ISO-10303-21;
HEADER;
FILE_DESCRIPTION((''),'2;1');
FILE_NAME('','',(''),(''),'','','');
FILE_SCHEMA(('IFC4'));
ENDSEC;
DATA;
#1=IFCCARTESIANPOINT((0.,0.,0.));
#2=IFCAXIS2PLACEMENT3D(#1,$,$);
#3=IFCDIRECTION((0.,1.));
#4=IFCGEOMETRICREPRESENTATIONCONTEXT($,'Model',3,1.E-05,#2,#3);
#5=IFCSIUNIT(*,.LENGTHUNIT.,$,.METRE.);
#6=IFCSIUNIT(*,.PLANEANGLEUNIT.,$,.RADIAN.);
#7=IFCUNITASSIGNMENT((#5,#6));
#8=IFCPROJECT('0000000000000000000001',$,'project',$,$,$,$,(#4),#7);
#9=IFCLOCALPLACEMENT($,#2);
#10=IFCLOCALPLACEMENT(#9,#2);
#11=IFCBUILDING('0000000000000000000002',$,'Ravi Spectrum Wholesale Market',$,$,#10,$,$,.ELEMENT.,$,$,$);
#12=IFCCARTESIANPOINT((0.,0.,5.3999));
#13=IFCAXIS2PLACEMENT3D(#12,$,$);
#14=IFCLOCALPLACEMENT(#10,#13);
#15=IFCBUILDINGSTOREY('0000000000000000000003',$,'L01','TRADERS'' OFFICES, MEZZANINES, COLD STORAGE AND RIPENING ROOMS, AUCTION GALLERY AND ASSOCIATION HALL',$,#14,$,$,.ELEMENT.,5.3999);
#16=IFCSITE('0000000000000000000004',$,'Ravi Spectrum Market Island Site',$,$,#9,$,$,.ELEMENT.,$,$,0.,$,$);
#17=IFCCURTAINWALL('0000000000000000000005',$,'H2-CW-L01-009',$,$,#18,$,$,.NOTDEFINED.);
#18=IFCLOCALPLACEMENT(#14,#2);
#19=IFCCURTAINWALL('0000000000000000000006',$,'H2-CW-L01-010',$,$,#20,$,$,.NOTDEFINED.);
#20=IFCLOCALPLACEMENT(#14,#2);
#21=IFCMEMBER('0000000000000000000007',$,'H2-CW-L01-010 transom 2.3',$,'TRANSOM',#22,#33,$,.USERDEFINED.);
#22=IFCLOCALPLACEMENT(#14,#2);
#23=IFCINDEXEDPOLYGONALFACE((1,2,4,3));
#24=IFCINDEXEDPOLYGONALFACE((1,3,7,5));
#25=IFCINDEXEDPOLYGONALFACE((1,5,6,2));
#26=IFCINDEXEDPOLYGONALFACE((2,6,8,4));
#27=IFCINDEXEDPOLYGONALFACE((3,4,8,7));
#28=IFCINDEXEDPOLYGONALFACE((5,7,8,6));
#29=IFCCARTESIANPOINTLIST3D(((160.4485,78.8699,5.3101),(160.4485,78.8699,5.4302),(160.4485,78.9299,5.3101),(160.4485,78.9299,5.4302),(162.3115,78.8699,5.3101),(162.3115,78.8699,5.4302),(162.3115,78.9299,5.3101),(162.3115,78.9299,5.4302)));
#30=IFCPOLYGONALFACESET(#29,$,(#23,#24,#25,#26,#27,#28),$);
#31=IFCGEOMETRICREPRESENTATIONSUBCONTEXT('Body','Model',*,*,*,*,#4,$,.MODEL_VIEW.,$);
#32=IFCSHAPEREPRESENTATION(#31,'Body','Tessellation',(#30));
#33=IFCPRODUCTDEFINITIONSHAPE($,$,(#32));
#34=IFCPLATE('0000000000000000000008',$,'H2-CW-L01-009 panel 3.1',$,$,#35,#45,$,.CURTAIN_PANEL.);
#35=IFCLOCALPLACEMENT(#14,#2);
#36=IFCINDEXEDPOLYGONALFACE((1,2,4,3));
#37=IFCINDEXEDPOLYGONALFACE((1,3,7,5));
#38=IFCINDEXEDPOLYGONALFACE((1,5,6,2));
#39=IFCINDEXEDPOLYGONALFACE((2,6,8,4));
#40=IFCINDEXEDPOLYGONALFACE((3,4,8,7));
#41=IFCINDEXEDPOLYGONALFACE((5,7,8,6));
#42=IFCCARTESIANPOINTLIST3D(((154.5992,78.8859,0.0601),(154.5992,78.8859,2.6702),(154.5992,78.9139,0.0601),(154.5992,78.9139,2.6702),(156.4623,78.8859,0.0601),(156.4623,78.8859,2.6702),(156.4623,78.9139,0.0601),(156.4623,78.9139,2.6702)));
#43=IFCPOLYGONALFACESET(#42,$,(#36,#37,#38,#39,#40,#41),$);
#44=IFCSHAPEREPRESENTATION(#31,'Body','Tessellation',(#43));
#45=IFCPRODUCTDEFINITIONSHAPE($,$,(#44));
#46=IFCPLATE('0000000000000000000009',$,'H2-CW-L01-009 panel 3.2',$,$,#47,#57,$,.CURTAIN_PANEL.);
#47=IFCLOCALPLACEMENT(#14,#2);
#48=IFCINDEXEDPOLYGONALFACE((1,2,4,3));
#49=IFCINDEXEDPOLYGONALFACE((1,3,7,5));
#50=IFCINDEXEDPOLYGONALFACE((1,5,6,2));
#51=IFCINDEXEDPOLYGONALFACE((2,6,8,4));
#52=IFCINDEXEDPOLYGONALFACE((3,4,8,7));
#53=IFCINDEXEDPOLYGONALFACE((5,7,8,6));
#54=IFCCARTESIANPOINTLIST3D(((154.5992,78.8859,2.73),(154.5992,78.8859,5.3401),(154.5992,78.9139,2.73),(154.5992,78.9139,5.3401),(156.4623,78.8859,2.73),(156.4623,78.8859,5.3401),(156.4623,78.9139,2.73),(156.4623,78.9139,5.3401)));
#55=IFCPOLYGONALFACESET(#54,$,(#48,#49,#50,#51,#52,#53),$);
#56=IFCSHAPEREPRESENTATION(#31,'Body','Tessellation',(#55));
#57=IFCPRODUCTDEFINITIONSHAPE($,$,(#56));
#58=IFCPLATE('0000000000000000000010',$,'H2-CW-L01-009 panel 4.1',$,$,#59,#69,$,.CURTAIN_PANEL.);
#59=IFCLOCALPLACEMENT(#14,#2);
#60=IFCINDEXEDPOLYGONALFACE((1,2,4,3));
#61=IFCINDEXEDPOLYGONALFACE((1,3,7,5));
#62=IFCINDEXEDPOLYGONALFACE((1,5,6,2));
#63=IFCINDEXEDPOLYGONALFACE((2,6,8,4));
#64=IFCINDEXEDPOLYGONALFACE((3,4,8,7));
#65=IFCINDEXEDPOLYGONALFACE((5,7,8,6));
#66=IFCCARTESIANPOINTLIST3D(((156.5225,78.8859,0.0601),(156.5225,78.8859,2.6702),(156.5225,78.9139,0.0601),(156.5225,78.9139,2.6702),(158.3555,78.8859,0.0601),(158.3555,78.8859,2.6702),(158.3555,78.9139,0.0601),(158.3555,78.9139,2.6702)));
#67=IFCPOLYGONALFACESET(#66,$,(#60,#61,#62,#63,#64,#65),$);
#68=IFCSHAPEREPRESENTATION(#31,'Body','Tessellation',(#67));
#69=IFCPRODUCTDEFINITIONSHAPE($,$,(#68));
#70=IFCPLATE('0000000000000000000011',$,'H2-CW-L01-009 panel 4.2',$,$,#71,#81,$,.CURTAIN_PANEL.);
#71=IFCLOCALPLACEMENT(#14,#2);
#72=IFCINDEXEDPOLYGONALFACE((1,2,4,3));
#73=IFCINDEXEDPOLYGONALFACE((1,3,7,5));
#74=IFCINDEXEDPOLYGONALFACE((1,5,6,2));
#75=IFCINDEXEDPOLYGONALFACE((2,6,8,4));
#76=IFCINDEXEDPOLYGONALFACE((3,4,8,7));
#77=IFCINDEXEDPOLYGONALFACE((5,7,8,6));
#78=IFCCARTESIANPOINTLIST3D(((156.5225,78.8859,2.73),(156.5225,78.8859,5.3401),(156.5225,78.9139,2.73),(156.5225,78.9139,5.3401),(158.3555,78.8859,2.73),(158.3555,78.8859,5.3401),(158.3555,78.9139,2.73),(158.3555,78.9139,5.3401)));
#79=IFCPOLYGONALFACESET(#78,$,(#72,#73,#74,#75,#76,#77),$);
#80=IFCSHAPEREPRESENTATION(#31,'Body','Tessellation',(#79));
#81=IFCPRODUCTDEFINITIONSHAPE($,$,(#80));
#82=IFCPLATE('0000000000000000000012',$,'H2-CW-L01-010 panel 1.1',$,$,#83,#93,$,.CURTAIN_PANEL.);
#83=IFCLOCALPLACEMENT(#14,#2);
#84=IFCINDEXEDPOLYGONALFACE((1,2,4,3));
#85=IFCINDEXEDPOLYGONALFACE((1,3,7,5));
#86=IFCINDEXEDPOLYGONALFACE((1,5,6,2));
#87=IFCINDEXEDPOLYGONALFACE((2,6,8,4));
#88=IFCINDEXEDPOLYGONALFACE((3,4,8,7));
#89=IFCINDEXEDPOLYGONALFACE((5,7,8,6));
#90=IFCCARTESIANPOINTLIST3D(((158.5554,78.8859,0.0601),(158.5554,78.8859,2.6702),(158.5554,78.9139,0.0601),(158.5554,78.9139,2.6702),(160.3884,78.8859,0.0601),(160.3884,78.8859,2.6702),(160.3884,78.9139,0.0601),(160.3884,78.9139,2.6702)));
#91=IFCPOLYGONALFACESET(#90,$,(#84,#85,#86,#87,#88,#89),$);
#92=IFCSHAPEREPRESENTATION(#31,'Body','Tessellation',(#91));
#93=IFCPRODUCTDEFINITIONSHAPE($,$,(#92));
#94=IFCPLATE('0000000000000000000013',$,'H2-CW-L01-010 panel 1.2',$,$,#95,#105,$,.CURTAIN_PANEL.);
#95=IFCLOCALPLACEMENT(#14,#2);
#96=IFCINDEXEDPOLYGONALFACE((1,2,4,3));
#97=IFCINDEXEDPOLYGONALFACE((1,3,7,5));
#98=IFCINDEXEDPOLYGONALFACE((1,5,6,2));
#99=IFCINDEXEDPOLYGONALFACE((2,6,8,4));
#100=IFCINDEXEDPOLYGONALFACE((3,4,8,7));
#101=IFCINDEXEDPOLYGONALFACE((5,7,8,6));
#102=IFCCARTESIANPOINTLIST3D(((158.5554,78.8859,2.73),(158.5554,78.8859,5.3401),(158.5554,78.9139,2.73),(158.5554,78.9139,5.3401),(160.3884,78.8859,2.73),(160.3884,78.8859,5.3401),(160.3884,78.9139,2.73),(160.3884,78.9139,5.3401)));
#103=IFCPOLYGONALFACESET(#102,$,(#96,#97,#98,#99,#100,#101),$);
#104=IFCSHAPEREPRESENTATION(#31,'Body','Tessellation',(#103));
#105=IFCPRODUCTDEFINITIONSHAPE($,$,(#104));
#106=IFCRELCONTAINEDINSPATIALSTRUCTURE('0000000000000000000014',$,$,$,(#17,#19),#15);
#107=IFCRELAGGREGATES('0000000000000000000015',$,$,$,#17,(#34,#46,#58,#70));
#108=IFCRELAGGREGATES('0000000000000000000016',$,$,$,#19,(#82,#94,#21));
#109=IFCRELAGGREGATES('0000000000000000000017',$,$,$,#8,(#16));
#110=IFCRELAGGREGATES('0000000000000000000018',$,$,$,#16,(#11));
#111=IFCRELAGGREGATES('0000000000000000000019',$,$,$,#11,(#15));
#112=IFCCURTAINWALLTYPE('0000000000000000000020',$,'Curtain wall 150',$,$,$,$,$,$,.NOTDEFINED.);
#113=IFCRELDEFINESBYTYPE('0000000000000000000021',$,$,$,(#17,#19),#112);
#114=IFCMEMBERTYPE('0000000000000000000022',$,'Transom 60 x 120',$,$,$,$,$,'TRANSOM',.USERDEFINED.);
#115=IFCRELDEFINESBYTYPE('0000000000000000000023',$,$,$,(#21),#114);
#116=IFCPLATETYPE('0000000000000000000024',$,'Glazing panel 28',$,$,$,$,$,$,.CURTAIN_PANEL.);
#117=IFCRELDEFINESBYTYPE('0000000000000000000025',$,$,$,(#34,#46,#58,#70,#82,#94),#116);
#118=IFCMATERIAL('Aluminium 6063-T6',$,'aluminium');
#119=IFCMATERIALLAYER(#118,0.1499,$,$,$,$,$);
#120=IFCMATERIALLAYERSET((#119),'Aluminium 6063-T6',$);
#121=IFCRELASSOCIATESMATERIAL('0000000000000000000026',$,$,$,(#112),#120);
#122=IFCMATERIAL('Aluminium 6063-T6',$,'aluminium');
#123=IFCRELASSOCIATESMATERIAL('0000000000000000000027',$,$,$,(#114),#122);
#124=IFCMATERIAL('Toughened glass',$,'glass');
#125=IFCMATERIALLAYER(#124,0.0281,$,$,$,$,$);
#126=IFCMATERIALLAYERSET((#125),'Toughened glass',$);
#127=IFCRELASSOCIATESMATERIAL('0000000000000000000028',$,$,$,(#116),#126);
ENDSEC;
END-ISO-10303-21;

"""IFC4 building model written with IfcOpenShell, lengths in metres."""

from ifc_helpers import new_model, si_unit, direction, frame, origin, origin_2d, place, context, subcontext, project, spatial, rectangle, extrude, material, layer, layer_set, material_profile, profile_set, type_object, element, aggregate, save


model = new_model("IFC4")

# Units and contexts
model_context = context("Model", 3, precision=1e-05, world=origin(), true_north=direction((0.0, 1.0)))
body_context = subcontext(model_context, "Body", "Model", "MODEL_VIEW")
ifc_project = project(units=[si_unit("LENGTHUNIT", "METRE"), si_unit("PLANEANGLEUNIT", "RADIAN")], contexts=[model_context])

# Site, building, storey
site_placement = place(None, origin())
site = spatial("IfcSite", under=ifc_project, at=site_placement, Name="Ravi Spectrum Market Island Site", CompositionType="ELEMENT", RefElevation=0.0)
building_placement = place(site_placement, origin())
building = spatial("IfcBuilding", under=site, at=building_placement, Name="Ravi Spectrum Wholesale Market", CompositionType="ELEMENT")
storey_placement = place(building_placement, frame((0.0, 0.0, 5.3999)))
storey = spatial("IfcBuildingStorey", under=building, at=storey_placement, Name="L01", Description="TRADERS' OFFICES, MEZZANINES, COLD STORAGE AND RIPENING ROOMS, AUCTION GALLERY AND ASSOCIATION HALL", CompositionType="ELEMENT", Elevation=5.3999)

# Curtain walls
ifc_material_1 = material(Name="Aluminium 6063-T6", Category="aluminium")
ifc_layer_1 = layer(ifc_material_1, 0.1499)
ifc_layer_set_1 = layer_set([ifc_layer_1], Name="Aluminium 6063-T6")
curtain_wall_type = type_object("IfcCurtainWallType", Name="Curtain wall 150", PredefinedType="NOTDEFINED", material=ifc_layer_set_1)
curtain_wall_1_placement = place(storey_placement, origin())
curtain_wall_1 = element("IfcCurtainWall", 1, at=curtain_wall_1_placement, inside=storey, type_object=curtain_wall_type, Name="H2-CW-L01-009", PredefinedType="NOTDEFINED")
curtain_wall_2_placement = place(storey_placement, origin())
curtain_wall_2 = element("IfcCurtainWall", 2, at=curtain_wall_2_placement, inside=storey, type_object=curtain_wall_type, Name="H2-CW-L01-010", PredefinedType="NOTDEFINED")

# Member
ifc_material_2 = material(Name="Aluminium 6063-T6", Category="aluminium")
ifc_material_profile_1 = material_profile(ifc_material_2, rectangle(XDim=0.0601, YDim=0.1201, at=origin_2d()))
ifc_profile_set_1 = profile_set([ifc_material_profile_1], Name="Aluminium 6063-T6")
member_type_1 = type_object("IfcMemberType", Name="Transom 60 x 120", ElementType="TRANSOM", PredefinedType="USERDEFINED", material=ifc_profile_set_1)
member_1_placement = place(storey_placement, frame((160.4485, 78.8999, 5.3701), z_axis=(1.0, 0.0, 0.0), x_axis=(0.0, 1.0, 0.0)))
member_1 = element("IfcMember", 3, at=member_1_placement, type_object=member_type_1, Name="H2-CW-L01-010 transom 2.3", ObjectType="TRANSOM", PredefinedType="USERDEFINED", context=body_context, shape_type="SweptSolid", body=[
    extrude(rectangle(XDim=0.0601, YDim=0.1201, at=origin_2d()), origin(), (0.0, 0.0, 1.0), 1.863),
])

# Plates
ifc_material_3 = material(Name="Toughened glass", Category="glass")
ifc_layer_2 = layer(ifc_material_3, 0.0281)
ifc_layer_set_2 = layer_set([ifc_layer_2], Name="Toughened glass")
plate_type = type_object("IfcPlateType", Name="Glazing panel 28", PredefinedType="CURTAIN_PANEL", material=ifc_layer_set_2)
plate_1_placement = place(storey_placement, frame((155.5308, 78.8999, 0.0601), z_axis=(0.0, 0.0, 1.0), x_axis=(1.0, 0.0, 0.0)))
plate_1 = element("IfcPlate", 4, at=plate_1_placement, type_object=plate_type, Name="H2-CW-L01-009 panel 3.1", PredefinedType="CURTAIN_PANEL", context=body_context, shape_type="SweptSolid", body=[
    extrude(rectangle(XDim=1.863, YDim=0.0281, at=origin_2d()), origin(), (0.0, 0.0, 1.0), 2.6101),
])
plate_2_placement = place(storey_placement, frame((155.5308, 78.8999, 2.73), z_axis=(0.0, 0.0, 1.0), x_axis=(1.0, 0.0, 0.0)))
plate_2 = element("IfcPlate", 5, at=plate_2_placement, type_object=plate_type, Name="H2-CW-L01-009 panel 3.2", PredefinedType="CURTAIN_PANEL", context=body_context, shape_type="SweptSolid", body=[
    extrude(rectangle(XDim=1.863, YDim=0.0281, at=origin_2d()), origin(), (0.0, 0.0, 1.0), 2.6101),
])
plate_3_placement = place(storey_placement, frame((157.439, 78.8999, 0.0601), z_axis=(0.0, 0.0, 1.0), x_axis=(1.0, 0.0, 0.0)))
plate_3 = element("IfcPlate", 6, at=plate_3_placement, type_object=plate_type, Name="H2-CW-L01-009 panel 4.1", PredefinedType="CURTAIN_PANEL", context=body_context, shape_type="SweptSolid", body=[
    extrude(rectangle(XDim=1.833, YDim=0.0281, at=origin_2d()), origin(), (0.0, 0.0, 1.0), 2.6101),
])
plate_4_placement = place(storey_placement, frame((157.439, 78.8999, 2.73), z_axis=(0.0, 0.0, 1.0), x_axis=(1.0, 0.0, 0.0)))
plate_4 = element("IfcPlate", 7, at=plate_4_placement, type_object=plate_type, Name="H2-CW-L01-009 panel 4.2", PredefinedType="CURTAIN_PANEL", context=body_context, shape_type="SweptSolid", body=[
    extrude(rectangle(XDim=1.833, YDim=0.0281, at=origin_2d()), origin(), (0.0, 0.0, 1.0), 2.6101),
])
aggregate(curtain_wall_1, [plate_1, plate_2, plate_3, plate_4])
plate_5_placement = place(storey_placement, frame((159.4719, 78.8999, 0.0601), z_axis=(0.0, 0.0, 1.0), x_axis=(1.0, 0.0, 0.0)))
plate_5 = element("IfcPlate", 8, at=plate_5_placement, type_object=plate_type, Name="H2-CW-L01-010 panel 1.1", PredefinedType="CURTAIN_PANEL", context=body_context, shape_type="SweptSolid", body=[
    extrude(rectangle(XDim=1.833, YDim=0.0281, at=origin_2d()), origin(), (0.0, 0.0, 1.0), 2.6101),
])
plate_6_placement = place(storey_placement, frame((159.4719, 78.8999, 2.73), z_axis=(0.0, 0.0, 1.0), x_axis=(1.0, 0.0, 0.0)))
plate_6 = element("IfcPlate", 9, at=plate_6_placement, type_object=plate_type, Name="H2-CW-L01-010 panel 1.2", PredefinedType="CURTAIN_PANEL", context=body_context, shape_type="SweptSolid", body=[
    extrude(rectangle(XDim=1.833, YDim=0.0281, at=origin_2d()), origin(), (0.0, 0.0, 1.0), 2.6101),
])
aggregate(curtain_wall_2, [plate_5, plate_6, member_1])

save(model, "model.ifc")
